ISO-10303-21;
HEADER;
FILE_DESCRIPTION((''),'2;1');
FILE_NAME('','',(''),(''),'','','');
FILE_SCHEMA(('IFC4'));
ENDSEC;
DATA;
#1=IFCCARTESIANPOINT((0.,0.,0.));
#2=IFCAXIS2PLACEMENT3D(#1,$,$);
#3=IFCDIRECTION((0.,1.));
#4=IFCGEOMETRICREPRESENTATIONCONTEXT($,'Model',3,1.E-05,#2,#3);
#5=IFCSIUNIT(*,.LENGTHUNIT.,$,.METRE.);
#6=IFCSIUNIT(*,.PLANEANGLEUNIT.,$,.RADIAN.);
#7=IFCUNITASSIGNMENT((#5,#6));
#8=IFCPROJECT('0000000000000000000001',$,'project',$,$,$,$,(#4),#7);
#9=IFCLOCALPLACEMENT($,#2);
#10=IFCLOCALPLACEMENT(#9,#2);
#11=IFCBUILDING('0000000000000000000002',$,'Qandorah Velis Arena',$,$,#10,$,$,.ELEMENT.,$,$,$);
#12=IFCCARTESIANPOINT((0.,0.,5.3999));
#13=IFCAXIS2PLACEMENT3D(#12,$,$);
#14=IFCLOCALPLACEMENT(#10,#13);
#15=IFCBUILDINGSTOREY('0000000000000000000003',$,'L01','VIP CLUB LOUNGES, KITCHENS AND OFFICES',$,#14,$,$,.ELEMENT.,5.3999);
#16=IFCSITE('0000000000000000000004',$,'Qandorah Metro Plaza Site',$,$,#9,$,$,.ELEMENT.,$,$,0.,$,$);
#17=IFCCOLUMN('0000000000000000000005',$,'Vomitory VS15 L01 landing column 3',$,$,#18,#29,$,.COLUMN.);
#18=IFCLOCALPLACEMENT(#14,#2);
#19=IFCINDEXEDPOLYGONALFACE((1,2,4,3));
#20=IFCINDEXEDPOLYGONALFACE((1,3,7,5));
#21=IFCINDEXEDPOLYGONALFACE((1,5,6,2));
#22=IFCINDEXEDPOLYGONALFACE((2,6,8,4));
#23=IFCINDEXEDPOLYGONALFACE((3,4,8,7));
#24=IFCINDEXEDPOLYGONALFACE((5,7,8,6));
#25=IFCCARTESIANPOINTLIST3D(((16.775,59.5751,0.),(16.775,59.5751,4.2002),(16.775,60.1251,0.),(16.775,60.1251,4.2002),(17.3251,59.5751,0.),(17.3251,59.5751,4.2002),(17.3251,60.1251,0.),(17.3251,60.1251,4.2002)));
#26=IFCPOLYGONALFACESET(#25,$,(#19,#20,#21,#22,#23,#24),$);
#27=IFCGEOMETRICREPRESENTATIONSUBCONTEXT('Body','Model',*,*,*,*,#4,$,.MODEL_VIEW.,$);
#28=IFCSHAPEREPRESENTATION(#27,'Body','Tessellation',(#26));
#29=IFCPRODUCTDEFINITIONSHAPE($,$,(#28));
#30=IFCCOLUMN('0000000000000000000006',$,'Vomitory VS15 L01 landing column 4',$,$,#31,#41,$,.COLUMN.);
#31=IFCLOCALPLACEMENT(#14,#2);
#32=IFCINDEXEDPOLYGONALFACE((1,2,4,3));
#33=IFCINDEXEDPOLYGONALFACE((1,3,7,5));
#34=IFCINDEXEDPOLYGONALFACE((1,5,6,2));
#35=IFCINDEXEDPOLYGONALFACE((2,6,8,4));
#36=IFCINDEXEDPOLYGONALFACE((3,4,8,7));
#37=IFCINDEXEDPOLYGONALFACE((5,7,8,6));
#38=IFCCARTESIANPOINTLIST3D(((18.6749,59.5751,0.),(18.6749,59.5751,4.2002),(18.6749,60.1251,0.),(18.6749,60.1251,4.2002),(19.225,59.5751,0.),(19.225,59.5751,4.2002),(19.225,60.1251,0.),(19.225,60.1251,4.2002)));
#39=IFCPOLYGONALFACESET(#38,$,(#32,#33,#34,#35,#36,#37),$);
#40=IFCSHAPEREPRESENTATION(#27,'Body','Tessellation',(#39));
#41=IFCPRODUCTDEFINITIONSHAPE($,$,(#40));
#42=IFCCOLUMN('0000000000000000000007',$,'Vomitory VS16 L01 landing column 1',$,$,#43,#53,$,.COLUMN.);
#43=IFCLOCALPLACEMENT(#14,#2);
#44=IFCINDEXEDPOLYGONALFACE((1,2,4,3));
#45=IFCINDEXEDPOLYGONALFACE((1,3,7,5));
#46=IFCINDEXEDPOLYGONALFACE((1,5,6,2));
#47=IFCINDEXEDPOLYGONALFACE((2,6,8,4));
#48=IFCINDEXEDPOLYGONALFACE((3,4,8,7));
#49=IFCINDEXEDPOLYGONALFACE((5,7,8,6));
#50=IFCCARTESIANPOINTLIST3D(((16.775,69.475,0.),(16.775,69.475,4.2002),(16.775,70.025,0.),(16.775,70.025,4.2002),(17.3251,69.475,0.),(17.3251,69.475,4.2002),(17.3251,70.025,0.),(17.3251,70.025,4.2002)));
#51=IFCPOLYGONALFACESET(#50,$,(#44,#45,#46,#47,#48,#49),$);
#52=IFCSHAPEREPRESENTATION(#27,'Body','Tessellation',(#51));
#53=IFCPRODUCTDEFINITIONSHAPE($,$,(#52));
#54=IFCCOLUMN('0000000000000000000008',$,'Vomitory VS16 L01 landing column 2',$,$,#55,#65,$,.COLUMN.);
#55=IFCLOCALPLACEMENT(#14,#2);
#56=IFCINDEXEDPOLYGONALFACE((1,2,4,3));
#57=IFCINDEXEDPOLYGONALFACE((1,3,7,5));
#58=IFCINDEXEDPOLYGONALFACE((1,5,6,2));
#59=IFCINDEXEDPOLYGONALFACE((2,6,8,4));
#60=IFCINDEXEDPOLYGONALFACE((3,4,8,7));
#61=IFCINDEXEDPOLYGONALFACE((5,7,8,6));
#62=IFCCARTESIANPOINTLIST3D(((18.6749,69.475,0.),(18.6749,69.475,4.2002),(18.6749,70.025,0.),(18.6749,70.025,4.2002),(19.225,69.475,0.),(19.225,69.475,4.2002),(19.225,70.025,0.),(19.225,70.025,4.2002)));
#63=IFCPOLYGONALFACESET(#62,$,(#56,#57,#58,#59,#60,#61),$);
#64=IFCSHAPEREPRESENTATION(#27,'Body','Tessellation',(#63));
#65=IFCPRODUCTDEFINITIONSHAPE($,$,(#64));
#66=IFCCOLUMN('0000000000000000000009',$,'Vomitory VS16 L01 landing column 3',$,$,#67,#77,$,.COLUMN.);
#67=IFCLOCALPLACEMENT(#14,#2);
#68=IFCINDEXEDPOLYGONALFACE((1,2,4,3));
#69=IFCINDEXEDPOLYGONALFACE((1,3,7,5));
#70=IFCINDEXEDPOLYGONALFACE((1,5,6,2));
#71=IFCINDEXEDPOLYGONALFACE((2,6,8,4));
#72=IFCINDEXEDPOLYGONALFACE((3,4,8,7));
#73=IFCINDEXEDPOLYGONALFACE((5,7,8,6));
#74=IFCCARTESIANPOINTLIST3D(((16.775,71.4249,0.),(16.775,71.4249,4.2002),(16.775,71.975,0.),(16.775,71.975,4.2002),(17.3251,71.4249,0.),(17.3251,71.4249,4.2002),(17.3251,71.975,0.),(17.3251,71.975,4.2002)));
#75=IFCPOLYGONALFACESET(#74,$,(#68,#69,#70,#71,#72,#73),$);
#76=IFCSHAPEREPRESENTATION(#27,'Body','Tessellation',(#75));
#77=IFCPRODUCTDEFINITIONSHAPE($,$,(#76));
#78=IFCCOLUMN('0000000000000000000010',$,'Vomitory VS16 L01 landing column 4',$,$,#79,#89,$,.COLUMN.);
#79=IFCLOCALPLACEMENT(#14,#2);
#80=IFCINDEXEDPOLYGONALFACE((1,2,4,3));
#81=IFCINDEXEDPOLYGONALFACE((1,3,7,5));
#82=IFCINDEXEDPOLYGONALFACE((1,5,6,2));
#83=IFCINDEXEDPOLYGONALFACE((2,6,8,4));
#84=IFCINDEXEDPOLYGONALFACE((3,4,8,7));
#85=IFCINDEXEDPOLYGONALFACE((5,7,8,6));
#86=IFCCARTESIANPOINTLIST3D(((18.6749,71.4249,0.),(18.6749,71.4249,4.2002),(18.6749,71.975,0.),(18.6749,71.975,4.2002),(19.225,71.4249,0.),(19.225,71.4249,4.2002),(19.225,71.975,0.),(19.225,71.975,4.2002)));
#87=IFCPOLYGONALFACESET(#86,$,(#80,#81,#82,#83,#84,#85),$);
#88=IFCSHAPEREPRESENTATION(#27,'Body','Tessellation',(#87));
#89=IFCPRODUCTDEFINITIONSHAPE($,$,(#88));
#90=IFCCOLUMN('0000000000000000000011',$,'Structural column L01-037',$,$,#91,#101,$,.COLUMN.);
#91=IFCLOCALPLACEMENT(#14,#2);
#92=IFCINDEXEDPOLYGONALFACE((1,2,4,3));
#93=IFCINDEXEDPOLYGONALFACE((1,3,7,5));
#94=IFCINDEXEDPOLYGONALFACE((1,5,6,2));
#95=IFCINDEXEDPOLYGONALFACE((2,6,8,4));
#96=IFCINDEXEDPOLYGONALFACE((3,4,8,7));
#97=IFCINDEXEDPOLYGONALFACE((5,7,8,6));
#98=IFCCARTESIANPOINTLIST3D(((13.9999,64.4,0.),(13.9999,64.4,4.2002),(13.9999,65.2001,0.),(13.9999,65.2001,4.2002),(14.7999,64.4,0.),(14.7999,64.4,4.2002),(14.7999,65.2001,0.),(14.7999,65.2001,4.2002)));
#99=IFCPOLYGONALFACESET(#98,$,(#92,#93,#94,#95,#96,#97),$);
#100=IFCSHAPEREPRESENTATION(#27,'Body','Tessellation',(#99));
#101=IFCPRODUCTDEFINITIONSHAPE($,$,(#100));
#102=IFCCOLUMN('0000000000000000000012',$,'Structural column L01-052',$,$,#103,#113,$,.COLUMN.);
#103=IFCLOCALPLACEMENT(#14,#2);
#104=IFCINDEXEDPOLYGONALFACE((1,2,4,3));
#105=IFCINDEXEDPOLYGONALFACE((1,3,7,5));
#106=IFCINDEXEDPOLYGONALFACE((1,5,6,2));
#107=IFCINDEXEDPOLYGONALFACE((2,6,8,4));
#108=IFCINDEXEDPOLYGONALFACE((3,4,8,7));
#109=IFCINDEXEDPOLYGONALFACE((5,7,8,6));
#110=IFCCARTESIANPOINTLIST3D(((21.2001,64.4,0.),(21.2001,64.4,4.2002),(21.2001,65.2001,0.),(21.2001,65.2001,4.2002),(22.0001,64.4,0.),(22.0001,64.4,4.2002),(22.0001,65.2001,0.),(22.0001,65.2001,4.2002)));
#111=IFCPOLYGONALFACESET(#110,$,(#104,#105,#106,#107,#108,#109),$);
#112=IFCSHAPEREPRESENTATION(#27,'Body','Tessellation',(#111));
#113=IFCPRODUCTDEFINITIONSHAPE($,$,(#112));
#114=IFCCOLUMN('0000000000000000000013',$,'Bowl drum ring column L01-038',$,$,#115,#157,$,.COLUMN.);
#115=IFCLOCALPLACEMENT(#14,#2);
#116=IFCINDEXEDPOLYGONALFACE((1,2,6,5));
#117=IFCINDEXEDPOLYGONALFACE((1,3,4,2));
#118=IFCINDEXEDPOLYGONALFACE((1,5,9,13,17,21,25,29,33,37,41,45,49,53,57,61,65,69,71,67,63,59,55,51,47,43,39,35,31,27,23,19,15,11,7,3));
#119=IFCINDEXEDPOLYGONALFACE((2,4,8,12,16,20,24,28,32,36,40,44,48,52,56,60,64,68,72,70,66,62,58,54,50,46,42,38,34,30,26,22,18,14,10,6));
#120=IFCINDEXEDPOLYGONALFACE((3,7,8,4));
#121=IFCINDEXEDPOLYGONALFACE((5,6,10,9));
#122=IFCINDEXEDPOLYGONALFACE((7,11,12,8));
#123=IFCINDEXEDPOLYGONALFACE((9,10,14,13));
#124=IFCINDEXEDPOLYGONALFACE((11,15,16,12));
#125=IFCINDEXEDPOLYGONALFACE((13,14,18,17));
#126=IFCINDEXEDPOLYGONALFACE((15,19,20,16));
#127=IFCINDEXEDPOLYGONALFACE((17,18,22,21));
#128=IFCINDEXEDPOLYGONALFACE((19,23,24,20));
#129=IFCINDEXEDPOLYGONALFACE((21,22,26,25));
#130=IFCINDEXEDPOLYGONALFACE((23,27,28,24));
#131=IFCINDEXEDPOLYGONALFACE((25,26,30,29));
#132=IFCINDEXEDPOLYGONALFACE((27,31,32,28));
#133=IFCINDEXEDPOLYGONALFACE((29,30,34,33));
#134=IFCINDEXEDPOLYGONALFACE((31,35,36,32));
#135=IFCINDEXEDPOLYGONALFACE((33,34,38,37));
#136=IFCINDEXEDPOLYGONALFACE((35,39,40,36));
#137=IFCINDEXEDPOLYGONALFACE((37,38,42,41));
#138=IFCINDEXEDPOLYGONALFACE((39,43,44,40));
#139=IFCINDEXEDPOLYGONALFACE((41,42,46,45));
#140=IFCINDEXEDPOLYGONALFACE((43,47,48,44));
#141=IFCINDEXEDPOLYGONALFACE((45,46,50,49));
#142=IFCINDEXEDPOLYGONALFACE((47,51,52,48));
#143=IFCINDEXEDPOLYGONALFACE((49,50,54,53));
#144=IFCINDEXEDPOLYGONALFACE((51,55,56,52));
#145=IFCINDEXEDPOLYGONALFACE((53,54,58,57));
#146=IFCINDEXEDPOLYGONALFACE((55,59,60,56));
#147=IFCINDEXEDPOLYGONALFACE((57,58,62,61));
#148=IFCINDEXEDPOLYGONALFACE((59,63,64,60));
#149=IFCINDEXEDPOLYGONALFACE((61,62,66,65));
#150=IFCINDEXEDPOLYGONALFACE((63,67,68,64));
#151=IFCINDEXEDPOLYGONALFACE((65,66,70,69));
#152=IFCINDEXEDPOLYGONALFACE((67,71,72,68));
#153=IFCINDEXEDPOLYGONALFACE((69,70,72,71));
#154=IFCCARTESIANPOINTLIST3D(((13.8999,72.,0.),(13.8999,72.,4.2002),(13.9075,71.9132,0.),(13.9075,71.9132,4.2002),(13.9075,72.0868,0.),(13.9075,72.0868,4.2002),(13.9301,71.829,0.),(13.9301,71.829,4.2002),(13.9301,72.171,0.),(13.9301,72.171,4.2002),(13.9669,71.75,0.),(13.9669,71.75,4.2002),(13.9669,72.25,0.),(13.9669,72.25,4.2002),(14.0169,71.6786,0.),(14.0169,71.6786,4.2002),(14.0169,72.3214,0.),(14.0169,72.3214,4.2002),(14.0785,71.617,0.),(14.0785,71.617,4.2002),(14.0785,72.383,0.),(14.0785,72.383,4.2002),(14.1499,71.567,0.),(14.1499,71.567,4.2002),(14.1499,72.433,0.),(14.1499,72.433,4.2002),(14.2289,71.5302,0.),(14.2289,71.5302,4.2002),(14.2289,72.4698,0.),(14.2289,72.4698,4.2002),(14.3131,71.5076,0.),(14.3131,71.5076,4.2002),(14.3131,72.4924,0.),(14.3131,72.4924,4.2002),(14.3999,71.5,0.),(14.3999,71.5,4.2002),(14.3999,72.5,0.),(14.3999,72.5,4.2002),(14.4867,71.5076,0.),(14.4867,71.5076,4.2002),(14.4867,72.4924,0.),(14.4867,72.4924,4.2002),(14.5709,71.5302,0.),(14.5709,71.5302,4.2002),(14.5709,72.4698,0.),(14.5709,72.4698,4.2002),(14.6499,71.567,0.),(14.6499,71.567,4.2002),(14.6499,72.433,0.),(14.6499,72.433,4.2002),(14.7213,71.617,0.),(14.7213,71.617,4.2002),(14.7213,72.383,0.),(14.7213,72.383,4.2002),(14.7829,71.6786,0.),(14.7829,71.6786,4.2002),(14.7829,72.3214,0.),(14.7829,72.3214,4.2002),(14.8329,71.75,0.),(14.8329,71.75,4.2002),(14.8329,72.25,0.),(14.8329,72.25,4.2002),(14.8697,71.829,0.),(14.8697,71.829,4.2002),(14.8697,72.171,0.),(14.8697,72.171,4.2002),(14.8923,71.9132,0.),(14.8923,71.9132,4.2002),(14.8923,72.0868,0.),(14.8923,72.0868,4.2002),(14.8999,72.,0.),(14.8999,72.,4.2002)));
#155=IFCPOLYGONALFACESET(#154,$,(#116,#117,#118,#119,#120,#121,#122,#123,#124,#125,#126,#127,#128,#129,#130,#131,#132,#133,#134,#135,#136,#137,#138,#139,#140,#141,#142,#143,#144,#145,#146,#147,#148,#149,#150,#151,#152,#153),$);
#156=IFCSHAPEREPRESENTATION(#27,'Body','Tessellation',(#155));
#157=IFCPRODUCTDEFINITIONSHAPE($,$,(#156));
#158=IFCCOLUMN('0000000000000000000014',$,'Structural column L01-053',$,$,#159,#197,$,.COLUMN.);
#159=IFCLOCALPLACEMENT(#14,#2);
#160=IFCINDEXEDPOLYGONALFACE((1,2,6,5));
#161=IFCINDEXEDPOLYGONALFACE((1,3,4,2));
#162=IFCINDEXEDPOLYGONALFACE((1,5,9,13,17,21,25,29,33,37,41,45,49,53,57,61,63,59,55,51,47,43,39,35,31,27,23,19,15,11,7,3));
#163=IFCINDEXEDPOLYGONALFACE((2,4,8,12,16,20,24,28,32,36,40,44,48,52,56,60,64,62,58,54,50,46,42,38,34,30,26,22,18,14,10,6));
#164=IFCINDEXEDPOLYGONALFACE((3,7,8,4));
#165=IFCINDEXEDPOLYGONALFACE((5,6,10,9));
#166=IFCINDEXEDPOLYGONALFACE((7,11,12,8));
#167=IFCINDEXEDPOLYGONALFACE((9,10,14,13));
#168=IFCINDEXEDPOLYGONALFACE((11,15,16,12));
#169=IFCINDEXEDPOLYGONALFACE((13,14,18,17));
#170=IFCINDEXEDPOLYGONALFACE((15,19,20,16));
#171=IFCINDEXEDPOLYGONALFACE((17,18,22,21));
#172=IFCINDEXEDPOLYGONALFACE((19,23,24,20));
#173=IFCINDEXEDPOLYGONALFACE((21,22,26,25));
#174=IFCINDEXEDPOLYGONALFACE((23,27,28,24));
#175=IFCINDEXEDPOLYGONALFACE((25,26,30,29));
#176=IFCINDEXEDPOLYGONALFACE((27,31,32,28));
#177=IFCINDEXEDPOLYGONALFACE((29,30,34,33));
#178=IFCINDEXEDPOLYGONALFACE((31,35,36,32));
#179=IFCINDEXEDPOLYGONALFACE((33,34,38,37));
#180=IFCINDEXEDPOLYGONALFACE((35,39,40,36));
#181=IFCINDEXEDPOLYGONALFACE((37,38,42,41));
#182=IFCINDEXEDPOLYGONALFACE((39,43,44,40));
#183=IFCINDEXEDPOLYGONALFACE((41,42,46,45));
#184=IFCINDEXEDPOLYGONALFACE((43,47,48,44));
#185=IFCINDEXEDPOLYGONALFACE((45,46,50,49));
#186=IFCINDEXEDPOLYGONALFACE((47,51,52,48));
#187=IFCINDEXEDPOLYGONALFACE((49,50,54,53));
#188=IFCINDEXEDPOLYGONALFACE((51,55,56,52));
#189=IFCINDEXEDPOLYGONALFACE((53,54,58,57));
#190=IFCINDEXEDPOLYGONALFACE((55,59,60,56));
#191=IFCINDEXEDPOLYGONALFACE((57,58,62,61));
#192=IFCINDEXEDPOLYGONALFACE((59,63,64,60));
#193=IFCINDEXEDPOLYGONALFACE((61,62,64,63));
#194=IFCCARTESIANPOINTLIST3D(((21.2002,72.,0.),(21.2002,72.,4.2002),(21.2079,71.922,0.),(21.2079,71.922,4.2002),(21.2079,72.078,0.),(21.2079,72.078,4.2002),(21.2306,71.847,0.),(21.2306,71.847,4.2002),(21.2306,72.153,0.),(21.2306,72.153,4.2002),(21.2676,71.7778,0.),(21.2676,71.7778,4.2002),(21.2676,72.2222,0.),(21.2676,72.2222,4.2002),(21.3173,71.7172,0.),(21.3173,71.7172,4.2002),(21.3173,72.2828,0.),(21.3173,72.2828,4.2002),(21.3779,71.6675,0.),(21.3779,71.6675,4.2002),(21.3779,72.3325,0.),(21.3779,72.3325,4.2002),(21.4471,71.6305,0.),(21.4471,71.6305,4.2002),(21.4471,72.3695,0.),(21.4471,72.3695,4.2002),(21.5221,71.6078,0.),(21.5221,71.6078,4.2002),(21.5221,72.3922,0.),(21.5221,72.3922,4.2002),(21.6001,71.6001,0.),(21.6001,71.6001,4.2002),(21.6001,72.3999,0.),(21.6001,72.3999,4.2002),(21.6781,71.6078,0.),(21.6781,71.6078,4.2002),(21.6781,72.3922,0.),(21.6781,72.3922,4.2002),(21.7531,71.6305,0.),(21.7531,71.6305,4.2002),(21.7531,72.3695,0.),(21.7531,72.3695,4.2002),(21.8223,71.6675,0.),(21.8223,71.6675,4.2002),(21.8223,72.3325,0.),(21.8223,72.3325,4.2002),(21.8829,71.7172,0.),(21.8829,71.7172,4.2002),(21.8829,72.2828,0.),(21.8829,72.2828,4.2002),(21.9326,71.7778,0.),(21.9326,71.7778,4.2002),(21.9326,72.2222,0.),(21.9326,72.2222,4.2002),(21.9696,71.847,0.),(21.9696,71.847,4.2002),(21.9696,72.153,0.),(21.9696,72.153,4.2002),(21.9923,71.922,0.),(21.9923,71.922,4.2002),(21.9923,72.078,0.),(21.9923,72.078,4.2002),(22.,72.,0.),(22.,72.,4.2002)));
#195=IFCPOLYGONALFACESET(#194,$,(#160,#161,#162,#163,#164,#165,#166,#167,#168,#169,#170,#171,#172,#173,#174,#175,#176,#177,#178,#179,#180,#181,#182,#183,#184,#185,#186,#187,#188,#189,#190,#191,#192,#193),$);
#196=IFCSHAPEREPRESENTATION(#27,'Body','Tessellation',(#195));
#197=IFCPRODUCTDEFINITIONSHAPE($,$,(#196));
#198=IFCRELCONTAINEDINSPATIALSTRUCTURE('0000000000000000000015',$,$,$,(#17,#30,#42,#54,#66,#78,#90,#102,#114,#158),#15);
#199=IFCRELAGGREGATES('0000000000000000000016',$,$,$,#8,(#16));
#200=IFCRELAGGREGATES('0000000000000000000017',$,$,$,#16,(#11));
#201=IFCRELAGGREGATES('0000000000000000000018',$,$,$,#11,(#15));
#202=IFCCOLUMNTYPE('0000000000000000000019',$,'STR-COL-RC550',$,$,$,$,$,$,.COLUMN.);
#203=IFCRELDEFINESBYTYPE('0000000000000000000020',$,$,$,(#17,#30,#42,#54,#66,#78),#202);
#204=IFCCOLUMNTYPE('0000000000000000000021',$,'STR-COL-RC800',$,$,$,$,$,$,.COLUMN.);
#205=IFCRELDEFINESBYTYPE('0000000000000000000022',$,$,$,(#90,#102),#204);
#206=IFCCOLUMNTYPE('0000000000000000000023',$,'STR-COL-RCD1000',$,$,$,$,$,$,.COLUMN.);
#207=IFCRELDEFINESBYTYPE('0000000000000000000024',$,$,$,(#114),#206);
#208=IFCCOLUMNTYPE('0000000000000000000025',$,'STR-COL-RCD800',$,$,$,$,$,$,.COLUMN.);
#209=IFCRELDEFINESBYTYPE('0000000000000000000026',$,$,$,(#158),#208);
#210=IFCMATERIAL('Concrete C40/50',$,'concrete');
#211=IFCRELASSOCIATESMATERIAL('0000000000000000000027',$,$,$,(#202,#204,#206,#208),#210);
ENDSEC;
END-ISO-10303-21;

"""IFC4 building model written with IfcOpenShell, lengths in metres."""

from ifc_helpers import new_model, si_unit, direction, frame, origin, origin_2d, place, context, subcontext, project, spatial, rectangle, circle, extrude, material, material_profile, profile_set, type_object, element, save


model = new_model("IFC4")

# Units and contexts
model_context = context("Model", 3, precision=1e-05, world=origin(), true_north=direction((0.0, 1.0)))
body_context = subcontext(model_context, "Body", "Model", "MODEL_VIEW")
ifc_project = project(units=[si_unit("LENGTHUNIT", "METRE"), si_unit("PLANEANGLEUNIT", "RADIAN")], contexts=[model_context])

# Site, building, storey
site_placement = place(None, origin())
site = spatial("IfcSite", under=ifc_project, at=site_placement, Name="Qandorah Metro Plaza Site", CompositionType="ELEMENT", RefElevation=0.0)
building_placement = place(site_placement, origin())
building = spatial("IfcBuilding", under=site, at=building_placement, Name="Qandorah Velis Arena", CompositionType="ELEMENT")
storey_placement = place(building_placement, frame((0.0, 0.0, 5.3999)))
storey = spatial("IfcBuildingStorey", under=building, at=storey_placement, Name="L01", Description="VIP CLUB LOUNGES, KITCHENS AND OFFICES", CompositionType="ELEMENT", Elevation=5.3999)

# Columns
ifc_material_1 = material(Name="Concrete C40/50", Category="concrete")
ifc_material_profile_1 = material_profile(ifc_material_1, rectangle(XDim=0.55, YDim=0.55, at=origin_2d()), Name="RC COL 550x550")
ifc_profile_set_1 = profile_set([ifc_material_profile_1], Name="Concrete C40/50")
column_type_1 = type_object("IfcColumnType", Name="STR-COL-RC550", PredefinedType="COLUMN", material=ifc_profile_set_1)
for number, where, z_axis, x_axis, name in (
    (1, (17.05, 59.8501, 0.0), (0.0, 0.0, 1.0), (1.0, 0.0, 0.0), "Vomitory VS15 L01 landing column 3"),
    (2, (18.95, 59.8501, 0.0), (0.0, 0.0, 1.0), (1.0, 0.0, 0.0), "Vomitory VS15 L01 landing column 4"),
    (3, (17.05, 69.75, 0.0), (0.0, 0.0, 1.0), (1.0, 0.0, 0.0), "Vomitory VS16 L01 landing column 1"),
    (4, (18.95, 69.75, 0.0), (0.0, 0.0, 1.0), (1.0, 0.0, 0.0), "Vomitory VS16 L01 landing column 2"),
    (5, (17.05, 71.7, 0.0), (0.0, 0.0, 1.0), (1.0, 0.0, 0.0), "Vomitory VS16 L01 landing column 3"),
    (6, (18.95, 71.7, 0.0), (0.0, 0.0, 1.0), (1.0, 0.0, 0.0), "Vomitory VS16 L01 landing column 4"),
):
    element("IfcColumn", number, at=place(storey_placement, frame(where, z_axis=z_axis, x_axis=x_axis)), inside=storey, type_object=column_type_1, Name=name, PredefinedType="COLUMN", context=body_context, shape_type="SweptSolid", body=[
        extrude(rectangle(XDim=0.55, YDim=0.55, at=origin_2d()), origin(), (0.0, 0.0, 1.0), 4.2002),
    ])
ifc_material_profile_2 = material_profile(ifc_material_1, rectangle(XDim=0.8, YDim=0.8, at=origin_2d()), Name="RC COL 800x800")
ifc_profile_set_2 = profile_set([ifc_material_profile_2], Name="Concrete C40/50")
column_type_2 = type_object("IfcColumnType", Name="STR-COL-RC800", PredefinedType="COLUMN", material=ifc_profile_set_2)
for number, where, z_axis, x_axis, name in (
    (7, (14.3999, 64.8, 0.0), (0.0, 0.0, 1.0), (1.0, 0.0, 0.0), "Structural column L01-037"),
    (8, (21.6001, 64.8, 0.0), (0.0, 0.0, 1.0), (1.0, 0.0, 0.0), "Structural column L01-052"),
):
    element("IfcColumn", number, at=place(storey_placement, frame(where, z_axis=z_axis, x_axis=x_axis)), inside=storey, type_object=column_type_2, Name=name, PredefinedType="COLUMN", context=body_context, shape_type="SweptSolid", body=[
        extrude(rectangle(XDim=0.8, YDim=0.8, at=origin_2d()), origin(), (0.0, 0.0, 1.0), 4.2002),
    ])
ifc_material_profile_3 = material_profile(ifc_material_1, circle(Radius=0.5, at=origin_2d()), Name="RC D1000")
ifc_profile_set_3 = profile_set([ifc_material_profile_3], Name="Concrete C40/50")
column_type_3 = type_object("IfcColumnType", Name="STR-COL-RCD1000", PredefinedType="COLUMN", material=ifc_profile_set_3)
column_1_placement = place(storey_placement, frame((14.3999, 72.0, 0.0), z_axis=(0.0, 0.0, 1.0), x_axis=(1.0, 0.0, 0.0)))
element("IfcColumn", 9, at=column_1_placement, inside=storey, type_object=column_type_3, Name="Bowl drum ring column L01-038", PredefinedType="COLUMN", context=body_context, shape_type="SweptSolid", body=[
    extrude(circle(Radius=0.5, at=origin_2d()), origin(), (0.0, 0.0, 1.0), 4.2002),
])
ifc_material_profile_4 = material_profile(ifc_material_1, circle(Radius=0.3999, at=origin_2d()), Name="RC D800")
ifc_profile_set_4 = profile_set([ifc_material_profile_4], Name="Concrete C40/50")
column_type_4 = type_object("IfcColumnType", Name="STR-COL-RCD800", PredefinedType="COLUMN", material=ifc_profile_set_4)
column_2_placement = place(storey_placement, frame((21.6001, 72.0, 0.0), z_axis=(0.0, 0.0, 1.0), x_axis=(1.0, 0.0, 0.0)))
element("IfcColumn", 10, at=column_2_placement, inside=storey, type_object=column_type_4, Name="Structural column L01-053", PredefinedType="COLUMN", context=body_context, shape_type="SweptSolid", body=[
    extrude(circle(Radius=0.3999, at=origin_2d()), origin(), (0.0, 0.0, 1.0), 4.2002),
])

save(model, "model.ifc")
